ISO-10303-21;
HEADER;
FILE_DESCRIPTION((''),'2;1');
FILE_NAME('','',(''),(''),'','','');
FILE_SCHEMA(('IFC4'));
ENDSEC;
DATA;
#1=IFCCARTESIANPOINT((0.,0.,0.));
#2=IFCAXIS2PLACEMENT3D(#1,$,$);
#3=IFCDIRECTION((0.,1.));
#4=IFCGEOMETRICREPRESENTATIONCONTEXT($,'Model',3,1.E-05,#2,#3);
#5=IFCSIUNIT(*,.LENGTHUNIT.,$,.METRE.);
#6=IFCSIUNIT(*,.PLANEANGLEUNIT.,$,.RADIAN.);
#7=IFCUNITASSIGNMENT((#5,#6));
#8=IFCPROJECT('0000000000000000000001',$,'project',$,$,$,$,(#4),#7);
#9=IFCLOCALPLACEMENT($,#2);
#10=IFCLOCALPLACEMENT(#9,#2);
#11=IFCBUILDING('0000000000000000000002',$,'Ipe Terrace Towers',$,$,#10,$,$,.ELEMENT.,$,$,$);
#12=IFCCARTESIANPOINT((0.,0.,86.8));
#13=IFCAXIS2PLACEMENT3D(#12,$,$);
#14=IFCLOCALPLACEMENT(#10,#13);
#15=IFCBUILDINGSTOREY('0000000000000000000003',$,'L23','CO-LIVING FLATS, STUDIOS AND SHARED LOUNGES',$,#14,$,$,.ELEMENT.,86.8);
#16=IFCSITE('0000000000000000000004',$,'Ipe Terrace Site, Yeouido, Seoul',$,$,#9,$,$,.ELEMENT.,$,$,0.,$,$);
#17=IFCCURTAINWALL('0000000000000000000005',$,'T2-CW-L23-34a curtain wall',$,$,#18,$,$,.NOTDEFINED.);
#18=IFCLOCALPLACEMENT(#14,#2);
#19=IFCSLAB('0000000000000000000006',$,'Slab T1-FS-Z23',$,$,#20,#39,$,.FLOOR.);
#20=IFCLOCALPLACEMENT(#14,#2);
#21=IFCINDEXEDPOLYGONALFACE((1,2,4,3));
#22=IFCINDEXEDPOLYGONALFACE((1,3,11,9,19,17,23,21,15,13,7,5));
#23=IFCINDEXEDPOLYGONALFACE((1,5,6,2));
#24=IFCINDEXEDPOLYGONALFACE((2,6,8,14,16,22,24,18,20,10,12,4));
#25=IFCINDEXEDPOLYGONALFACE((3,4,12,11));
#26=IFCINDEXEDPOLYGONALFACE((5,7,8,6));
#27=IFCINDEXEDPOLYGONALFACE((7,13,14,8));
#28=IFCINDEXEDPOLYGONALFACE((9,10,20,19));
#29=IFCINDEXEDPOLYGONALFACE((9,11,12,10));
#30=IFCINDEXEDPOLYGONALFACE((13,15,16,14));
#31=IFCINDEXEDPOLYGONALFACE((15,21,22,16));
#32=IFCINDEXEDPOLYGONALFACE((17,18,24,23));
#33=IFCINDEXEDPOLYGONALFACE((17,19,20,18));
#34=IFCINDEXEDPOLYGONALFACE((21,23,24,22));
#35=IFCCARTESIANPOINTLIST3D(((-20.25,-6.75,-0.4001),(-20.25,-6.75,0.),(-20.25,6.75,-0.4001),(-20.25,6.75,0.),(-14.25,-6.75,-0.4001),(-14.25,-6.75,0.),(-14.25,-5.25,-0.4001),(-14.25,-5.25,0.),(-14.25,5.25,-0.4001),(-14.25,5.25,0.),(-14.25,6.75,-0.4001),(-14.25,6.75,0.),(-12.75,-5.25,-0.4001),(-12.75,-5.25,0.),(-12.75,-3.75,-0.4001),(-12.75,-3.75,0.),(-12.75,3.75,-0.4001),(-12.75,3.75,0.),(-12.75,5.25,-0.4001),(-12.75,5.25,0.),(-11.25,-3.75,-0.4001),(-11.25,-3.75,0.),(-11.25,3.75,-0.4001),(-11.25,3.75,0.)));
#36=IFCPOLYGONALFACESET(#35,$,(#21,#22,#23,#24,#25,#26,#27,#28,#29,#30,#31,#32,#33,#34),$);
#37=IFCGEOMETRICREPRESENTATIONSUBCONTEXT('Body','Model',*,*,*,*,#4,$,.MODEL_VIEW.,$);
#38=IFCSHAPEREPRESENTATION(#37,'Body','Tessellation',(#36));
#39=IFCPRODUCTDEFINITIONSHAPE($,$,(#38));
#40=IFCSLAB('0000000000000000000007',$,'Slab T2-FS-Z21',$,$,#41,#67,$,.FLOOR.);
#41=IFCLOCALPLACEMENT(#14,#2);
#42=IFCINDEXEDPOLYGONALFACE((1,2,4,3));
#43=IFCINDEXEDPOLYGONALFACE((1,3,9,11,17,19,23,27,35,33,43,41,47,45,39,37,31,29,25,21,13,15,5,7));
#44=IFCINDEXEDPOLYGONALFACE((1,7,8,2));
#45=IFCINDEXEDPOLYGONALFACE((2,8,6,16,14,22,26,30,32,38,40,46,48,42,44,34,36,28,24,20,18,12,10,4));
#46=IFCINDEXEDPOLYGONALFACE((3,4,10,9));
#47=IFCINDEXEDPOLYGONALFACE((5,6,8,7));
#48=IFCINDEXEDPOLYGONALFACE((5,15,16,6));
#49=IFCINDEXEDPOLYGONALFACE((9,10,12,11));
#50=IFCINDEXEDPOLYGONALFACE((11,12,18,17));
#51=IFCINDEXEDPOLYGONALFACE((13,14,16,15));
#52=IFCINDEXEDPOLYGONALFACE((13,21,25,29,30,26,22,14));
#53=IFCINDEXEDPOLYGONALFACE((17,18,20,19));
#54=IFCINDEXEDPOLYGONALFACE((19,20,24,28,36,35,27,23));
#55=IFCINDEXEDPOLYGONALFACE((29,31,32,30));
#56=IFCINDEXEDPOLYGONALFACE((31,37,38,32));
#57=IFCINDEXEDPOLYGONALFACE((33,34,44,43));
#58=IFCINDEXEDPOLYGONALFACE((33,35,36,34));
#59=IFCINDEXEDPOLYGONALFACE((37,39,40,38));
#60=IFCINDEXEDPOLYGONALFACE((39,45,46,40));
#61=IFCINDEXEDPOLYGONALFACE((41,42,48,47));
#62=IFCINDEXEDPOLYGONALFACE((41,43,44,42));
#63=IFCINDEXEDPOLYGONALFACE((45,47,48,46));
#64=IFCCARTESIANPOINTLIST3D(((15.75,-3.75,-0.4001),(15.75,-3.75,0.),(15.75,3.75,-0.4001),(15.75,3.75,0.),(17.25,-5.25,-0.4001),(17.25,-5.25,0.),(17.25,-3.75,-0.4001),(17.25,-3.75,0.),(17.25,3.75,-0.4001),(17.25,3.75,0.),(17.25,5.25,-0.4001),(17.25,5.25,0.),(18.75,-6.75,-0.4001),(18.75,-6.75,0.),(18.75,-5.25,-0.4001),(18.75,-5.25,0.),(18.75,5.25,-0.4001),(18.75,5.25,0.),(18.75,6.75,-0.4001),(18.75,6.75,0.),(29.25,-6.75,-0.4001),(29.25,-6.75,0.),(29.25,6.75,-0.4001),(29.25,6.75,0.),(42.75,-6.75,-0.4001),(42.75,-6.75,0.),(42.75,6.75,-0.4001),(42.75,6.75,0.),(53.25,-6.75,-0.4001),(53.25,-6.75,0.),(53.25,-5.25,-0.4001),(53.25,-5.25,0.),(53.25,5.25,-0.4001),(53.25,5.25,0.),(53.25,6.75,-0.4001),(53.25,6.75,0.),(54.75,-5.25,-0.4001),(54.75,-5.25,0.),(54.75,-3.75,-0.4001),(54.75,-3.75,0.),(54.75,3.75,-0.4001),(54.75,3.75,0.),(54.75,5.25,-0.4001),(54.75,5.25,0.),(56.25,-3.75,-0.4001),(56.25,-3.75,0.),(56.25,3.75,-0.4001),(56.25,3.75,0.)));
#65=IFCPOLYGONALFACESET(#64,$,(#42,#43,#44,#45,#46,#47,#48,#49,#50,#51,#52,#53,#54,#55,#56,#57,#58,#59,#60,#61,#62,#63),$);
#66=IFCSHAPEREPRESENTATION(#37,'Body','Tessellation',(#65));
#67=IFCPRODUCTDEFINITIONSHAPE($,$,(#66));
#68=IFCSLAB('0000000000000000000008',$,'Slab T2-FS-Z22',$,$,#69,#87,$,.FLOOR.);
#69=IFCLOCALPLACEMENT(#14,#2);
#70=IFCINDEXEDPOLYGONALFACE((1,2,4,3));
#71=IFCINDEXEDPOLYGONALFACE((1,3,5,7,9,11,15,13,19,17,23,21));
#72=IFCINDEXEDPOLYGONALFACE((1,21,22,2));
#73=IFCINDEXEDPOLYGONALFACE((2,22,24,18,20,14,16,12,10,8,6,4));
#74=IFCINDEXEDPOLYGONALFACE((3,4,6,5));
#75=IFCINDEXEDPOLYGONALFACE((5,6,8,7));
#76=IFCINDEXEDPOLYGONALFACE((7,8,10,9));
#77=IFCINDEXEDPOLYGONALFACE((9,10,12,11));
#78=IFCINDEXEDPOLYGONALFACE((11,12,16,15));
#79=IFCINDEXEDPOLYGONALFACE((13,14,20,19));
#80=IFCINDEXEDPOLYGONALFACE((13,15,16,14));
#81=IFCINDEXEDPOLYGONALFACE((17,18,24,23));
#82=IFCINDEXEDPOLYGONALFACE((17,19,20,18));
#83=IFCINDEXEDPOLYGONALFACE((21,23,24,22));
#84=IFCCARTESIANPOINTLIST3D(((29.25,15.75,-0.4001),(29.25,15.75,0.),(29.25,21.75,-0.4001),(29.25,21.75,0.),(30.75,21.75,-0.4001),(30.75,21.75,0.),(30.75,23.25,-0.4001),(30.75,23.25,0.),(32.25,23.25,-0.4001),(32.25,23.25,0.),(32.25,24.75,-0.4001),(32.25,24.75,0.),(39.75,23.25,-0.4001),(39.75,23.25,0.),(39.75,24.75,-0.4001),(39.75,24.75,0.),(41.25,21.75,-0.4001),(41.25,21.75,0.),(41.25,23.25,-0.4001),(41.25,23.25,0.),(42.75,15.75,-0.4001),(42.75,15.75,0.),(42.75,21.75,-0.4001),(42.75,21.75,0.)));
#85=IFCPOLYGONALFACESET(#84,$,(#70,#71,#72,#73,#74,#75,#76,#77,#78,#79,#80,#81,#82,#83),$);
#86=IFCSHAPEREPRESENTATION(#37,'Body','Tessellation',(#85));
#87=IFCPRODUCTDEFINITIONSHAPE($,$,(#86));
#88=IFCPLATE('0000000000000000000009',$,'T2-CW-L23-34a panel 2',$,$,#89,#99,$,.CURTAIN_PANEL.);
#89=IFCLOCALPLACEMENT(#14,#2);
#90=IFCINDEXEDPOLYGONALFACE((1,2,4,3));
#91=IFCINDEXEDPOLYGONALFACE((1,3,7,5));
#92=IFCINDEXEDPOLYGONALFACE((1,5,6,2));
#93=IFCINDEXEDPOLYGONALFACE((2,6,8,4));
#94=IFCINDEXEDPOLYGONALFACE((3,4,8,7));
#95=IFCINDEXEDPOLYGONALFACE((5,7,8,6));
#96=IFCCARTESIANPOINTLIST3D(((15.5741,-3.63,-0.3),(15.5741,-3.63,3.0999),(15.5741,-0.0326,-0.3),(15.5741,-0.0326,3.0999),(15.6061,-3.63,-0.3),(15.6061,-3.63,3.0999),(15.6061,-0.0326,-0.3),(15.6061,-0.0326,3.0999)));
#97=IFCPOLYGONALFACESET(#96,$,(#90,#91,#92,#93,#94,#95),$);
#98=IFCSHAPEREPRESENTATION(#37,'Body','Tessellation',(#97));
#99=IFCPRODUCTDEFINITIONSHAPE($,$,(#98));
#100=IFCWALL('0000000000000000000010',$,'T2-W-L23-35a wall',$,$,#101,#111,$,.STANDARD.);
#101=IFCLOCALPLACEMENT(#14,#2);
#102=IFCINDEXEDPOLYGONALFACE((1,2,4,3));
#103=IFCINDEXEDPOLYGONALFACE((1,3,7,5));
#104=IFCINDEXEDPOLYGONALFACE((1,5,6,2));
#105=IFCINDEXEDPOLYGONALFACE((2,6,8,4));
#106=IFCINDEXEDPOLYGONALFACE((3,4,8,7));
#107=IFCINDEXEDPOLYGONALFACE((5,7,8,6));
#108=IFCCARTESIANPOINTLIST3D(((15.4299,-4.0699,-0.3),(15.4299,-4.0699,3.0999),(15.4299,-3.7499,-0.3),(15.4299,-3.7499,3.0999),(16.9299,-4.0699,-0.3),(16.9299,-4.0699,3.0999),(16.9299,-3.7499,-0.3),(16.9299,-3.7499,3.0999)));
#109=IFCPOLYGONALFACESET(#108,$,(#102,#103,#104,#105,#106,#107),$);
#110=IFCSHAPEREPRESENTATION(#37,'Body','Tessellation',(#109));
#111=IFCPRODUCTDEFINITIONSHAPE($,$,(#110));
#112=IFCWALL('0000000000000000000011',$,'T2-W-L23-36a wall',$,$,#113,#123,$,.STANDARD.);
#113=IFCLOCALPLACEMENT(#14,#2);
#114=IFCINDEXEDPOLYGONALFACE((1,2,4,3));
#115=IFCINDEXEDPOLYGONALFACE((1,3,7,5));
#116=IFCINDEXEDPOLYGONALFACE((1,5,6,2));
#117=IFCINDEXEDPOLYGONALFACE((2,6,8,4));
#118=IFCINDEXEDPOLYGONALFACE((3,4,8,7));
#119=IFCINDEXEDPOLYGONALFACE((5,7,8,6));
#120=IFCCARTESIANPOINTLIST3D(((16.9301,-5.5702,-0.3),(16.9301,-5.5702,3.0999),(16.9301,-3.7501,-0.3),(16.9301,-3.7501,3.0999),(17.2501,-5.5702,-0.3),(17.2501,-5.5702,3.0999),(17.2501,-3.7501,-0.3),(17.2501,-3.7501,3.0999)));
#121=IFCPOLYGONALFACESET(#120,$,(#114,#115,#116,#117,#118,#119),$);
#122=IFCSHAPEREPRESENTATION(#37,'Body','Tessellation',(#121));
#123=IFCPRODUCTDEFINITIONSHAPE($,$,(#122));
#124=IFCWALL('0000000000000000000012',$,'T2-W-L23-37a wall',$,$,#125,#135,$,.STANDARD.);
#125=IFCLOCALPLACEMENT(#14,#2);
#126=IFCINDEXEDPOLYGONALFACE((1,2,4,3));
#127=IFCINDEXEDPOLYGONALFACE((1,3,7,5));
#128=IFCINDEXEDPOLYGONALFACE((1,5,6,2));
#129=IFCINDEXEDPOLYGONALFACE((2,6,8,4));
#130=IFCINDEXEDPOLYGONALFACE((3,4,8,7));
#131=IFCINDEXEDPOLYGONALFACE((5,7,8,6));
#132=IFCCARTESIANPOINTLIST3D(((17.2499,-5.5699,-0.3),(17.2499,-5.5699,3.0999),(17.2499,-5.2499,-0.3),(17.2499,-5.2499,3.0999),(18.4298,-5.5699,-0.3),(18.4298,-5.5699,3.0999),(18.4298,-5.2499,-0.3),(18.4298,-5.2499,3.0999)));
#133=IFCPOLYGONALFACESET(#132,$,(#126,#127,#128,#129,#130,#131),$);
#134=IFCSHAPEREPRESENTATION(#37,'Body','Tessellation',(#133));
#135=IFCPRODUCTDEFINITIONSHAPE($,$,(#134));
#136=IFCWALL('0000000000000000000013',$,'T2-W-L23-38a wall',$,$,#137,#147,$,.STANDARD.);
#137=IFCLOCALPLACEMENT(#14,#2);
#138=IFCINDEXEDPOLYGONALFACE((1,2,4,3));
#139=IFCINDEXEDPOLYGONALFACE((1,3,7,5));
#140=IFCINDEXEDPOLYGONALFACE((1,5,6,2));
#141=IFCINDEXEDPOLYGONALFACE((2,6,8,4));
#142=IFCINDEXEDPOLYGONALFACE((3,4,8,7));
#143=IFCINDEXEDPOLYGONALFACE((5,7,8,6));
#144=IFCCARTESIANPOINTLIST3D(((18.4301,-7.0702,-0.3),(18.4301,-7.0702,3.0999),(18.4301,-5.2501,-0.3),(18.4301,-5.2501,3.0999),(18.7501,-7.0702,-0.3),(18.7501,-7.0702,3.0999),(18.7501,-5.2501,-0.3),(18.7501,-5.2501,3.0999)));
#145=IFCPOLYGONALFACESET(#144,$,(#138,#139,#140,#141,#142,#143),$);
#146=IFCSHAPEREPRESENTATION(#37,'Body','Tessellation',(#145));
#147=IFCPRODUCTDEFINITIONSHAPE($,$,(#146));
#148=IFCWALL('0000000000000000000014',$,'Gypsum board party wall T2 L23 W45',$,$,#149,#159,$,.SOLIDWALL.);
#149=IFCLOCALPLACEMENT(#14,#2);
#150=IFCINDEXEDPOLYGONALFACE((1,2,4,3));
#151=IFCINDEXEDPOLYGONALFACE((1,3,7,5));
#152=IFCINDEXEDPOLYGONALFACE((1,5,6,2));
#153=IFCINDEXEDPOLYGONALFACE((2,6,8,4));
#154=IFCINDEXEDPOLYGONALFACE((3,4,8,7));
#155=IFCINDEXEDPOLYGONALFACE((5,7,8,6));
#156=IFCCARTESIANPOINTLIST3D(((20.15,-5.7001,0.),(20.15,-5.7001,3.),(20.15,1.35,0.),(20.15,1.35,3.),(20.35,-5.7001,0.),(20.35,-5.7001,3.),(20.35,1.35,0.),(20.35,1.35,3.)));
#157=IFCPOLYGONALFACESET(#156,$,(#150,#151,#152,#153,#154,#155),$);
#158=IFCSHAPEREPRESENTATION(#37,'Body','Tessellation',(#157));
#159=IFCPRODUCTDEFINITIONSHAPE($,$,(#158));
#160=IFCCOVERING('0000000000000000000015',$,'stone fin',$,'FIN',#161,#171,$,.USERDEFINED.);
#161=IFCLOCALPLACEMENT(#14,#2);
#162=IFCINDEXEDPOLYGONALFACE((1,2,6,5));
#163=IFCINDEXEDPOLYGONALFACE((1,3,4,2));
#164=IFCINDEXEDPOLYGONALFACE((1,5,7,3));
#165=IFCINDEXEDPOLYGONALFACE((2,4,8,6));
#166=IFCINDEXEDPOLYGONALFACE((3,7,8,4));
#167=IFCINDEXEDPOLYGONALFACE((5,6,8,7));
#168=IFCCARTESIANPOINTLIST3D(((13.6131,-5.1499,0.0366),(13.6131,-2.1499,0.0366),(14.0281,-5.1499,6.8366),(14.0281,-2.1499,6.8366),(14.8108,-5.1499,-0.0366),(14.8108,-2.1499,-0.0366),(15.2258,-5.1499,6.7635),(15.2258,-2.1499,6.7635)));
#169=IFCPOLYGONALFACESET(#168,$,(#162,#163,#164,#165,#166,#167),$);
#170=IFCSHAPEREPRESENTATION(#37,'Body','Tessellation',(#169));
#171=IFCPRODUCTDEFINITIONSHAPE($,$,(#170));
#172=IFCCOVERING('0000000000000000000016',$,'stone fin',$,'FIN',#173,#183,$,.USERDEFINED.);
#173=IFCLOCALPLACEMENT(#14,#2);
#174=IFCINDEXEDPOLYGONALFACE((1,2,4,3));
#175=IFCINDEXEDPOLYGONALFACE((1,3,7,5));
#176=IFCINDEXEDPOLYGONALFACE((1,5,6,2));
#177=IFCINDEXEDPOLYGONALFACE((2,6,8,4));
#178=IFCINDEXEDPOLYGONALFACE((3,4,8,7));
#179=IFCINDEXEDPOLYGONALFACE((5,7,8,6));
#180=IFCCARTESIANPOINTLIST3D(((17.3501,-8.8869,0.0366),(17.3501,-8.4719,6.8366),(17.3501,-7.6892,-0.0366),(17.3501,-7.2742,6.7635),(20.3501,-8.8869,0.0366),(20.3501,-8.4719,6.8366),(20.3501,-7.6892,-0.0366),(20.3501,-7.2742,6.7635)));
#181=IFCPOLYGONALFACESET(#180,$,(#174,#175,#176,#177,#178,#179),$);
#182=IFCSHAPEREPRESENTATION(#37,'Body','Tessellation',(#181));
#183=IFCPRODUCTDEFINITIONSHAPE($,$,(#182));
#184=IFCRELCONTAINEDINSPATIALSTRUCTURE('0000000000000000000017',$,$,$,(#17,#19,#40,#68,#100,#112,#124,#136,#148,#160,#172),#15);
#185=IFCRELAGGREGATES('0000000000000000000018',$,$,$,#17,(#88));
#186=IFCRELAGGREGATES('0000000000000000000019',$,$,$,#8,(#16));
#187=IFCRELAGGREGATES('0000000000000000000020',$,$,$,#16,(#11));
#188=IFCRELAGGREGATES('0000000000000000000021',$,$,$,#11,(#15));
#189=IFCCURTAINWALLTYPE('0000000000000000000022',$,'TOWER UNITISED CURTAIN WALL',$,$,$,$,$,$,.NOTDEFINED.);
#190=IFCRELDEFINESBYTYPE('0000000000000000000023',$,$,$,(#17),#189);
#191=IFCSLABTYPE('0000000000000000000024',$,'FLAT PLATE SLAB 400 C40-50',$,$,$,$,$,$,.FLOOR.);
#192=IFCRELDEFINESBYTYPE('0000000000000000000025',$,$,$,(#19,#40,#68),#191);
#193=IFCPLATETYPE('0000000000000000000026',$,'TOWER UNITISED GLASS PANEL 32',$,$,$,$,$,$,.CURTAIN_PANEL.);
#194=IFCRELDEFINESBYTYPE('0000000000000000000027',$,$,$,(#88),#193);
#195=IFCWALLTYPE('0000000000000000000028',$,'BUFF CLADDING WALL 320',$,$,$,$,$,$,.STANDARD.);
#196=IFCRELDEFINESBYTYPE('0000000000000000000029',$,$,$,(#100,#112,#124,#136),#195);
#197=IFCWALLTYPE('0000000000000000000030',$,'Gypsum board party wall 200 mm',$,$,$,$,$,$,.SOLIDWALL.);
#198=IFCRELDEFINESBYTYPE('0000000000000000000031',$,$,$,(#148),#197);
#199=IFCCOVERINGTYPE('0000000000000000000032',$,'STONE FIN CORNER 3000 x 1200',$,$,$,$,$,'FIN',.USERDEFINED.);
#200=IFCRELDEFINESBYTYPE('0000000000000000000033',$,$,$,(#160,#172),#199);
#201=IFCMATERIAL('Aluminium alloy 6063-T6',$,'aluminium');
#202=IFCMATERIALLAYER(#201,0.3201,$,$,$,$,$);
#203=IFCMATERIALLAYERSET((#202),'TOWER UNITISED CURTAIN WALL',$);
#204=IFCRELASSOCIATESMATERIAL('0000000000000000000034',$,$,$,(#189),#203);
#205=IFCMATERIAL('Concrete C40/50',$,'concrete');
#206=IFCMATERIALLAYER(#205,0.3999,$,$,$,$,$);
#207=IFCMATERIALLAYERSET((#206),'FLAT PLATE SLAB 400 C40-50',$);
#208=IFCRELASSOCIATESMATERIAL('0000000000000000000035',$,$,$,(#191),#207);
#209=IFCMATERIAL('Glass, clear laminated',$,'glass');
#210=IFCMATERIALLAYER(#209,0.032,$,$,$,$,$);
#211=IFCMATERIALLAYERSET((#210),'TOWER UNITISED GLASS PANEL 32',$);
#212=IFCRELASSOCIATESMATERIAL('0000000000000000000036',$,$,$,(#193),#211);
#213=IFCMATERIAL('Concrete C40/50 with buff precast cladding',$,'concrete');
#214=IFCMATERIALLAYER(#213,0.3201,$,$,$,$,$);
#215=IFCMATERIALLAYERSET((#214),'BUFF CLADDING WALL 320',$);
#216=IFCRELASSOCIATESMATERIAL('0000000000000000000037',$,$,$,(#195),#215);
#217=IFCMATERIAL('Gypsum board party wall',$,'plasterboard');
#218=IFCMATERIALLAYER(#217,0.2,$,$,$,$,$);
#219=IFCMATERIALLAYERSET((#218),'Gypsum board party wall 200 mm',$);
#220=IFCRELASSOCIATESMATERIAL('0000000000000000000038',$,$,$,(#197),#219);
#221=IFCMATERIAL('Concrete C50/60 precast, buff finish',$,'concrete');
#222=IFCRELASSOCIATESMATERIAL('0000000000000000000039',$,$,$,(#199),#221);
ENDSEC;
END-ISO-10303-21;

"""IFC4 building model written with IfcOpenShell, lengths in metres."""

from ifc_helpers import new_model, si_unit, direction, frame, frame_2d, origin, origin_2d, place, context, subcontext, project, spatial, polyline, rectangle, outline, extrude, material, layer, layer_set, material_profile, profile_set, type_object, element, aggregate, save


model = new_model("IFC4")

# Units and contexts
model_context = context("Model", 3, precision=1e-05, world=origin(), true_north=direction((0.0, 1.0)))
body_context = subcontext(model_context, "Body", "Model", "MODEL_VIEW")
ifc_project = project(units=[si_unit("LENGTHUNIT", "METRE"), si_unit("PLANEANGLEUNIT", "RADIAN")], contexts=[model_context])

# Site, building, storey
site_placement = place(None, origin())
site = spatial("IfcSite", under=ifc_project, at=site_placement, Name="Ipe Terrace Site, Yeouido, Seoul", CompositionType="ELEMENT", RefElevation=0.0)
building_placement = place(site_placement, origin())
building = spatial("IfcBuilding", under=site, at=building_placement, Name="Ipe Terrace Towers", CompositionType="ELEMENT")
storey_placement = place(building_placement, frame((0.0, 0.0, 86.8)))
storey = spatial("IfcBuildingStorey", under=building, at=storey_placement, Name="L23", Description="CO-LIVING FLATS, STUDIOS AND SHARED LOUNGES", CompositionType="ELEMENT", Elevation=86.8)

# Curtain wall
ifc_material_1 = material(Name="Aluminium alloy 6063-T6", Category="aluminium")
ifc_layer_1 = layer(ifc_material_1, 0.3201)
ifc_layer_set_1 = layer_set([ifc_layer_1], Name="TOWER UNITISED CURTAIN WALL")
curtain_wall_type = type_object("IfcCurtainWallType", Name="TOWER UNITISED CURTAIN WALL", PredefinedType="NOTDEFINED", material=ifc_layer_set_1)
curtain_wall_1_placement = place(storey_placement, origin())
curtain_wall_1 = element("IfcCurtainWall", 1, at=curtain_wall_1_placement, inside=storey, type_object=curtain_wall_type, Name="T2-CW-L23-34a curtain wall", PredefinedType="NOTDEFINED")

# Slabs
ifc_material_2 = material(Name="Concrete C40/50", Category="concrete")
ifc_layer_2 = layer(ifc_material_2, 0.3999)
ifc_layer_set_2 = layer_set([ifc_layer_2], Name="FLAT PLATE SLAB 400 C40-50")
slab_type_1 = type_object("IfcSlabType", Name="FLAT PLATE SLAB 400 C40-50", PredefinedType="FLOOR", material=ifc_layer_set_2)
slab_1_placement = place(storey_placement, frame((0.0, 0.0, -0.4001)))
element("IfcSlab", 2, at=slab_1_placement, inside=storey, type_object=slab_type_1, Name="Slab T1-FS-Z23", PredefinedType="FLOOR", context=body_context, shape_type="SweptSolid", body=[
    extrude(outline(polyline([(-14.25, 5.25), (-12.75, 5.25), (-12.75, 3.75), (-11.25, 3.75), (-11.25, -3.75), (-12.75, -3.75), (-12.75, -5.25), (-14.25, -5.25), (-14.25, -6.75), (-20.25, -6.75), (-20.25, 6.75), (-14.25, 6.75), (-14.25, 5.25)])), origin(), (0.0, 0.0, 1.0), 0.4001),
])
slab_2_placement = place(storey_placement, frame((0.0, 0.0, -0.4001)))
element("IfcSlab", 3, at=slab_2_placement, inside=storey, type_object=slab_type_1, Name="Slab T2-FS-Z21", PredefinedType="FLOOR", context=body_context, shape_type="SweptSolid", body=[
    extrude(outline(polyline([(53.25, 5.25), (54.75, 5.25), (54.75, 3.75), (56.25, 3.75), (56.25, -3.75), (54.75, -3.75), (54.75, -5.25), (53.25, -5.25), (53.25, -6.75), (42.75, -6.75), (29.25, -6.75), (18.75, -6.75), (18.75, -5.25), (17.25, -5.25), (17.25, -3.75), (15.75, -3.75), (15.75, 3.75), (17.25, 3.75), (17.25, 5.25), (18.75, 5.25), (18.75, 6.75), (29.25, 6.75), (42.75, 6.75), (53.25, 6.75), (53.25, 5.25)])), origin(), (0.0, 0.0, 1.0), 0.4001),
])
slab_3_placement = place(storey_placement, frame((0.0, 0.0, -0.4001)))
element("IfcSlab", 4, at=slab_3_placement, inside=storey, type_object=slab_type_1, Name="Slab T2-FS-Z22", PredefinedType="FLOOR", context=body_context, shape_type="SweptSolid", body=[
    extrude(outline(polyline([(30.75, 21.75), (30.75, 23.25), (32.25, 23.25), (32.25, 24.75), (39.75, 24.75), (39.75, 23.25), (41.25, 23.25), (41.25, 21.75), (42.75, 21.75), (42.75, 15.75), (29.25, 15.75), (29.25, 21.75), (30.75, 21.75)])), origin(), (0.0, 0.0, 1.0), 0.4001),
])

# Plate
ifc_material_3 = material(Name="Glass, clear laminated", Category="glass")
ifc_layer_3 = layer(ifc_material_3, 0.032)
ifc_layer_set_3 = layer_set([ifc_layer_3], Name="TOWER UNITISED GLASS PANEL 32")
plate_type = type_object("IfcPlateType", Name="TOWER UNITISED GLASS PANEL 32", PredefinedType="CURTAIN_PANEL", material=ifc_layer_set_3)
plate_placement = place(storey_placement, frame((15.5901, -1.8313, -0.3), z_axis=(0.0, 0.0, 1.0), x_axis=(0.0, -1.0, 0.0)))
plate = element("IfcPlate", 5, at=plate_placement, type_object=plate_type, Name="T2-CW-L23-34a panel 2", PredefinedType="CURTAIN_PANEL", context=body_context, shape_type="SweptSolid", body=[
    extrude(rectangle(XDim=3.5974, YDim=0.032, at=origin_2d()), origin(), (0.0, 0.0, 1.0), 3.3999),
])
aggregate(curtain_wall_1, [plate])

# Walls
ifc_material_4 = material(Name="Concrete C40/50 with buff precast cladding", Category="concrete")
ifc_layer_4 = layer(ifc_material_4, 0.3201)
ifc_layer_set_4 = layer_set([ifc_layer_4], Name="BUFF CLADDING WALL 320")
wall_type_1 = type_object("IfcWallType", Name="BUFF CLADDING WALL 320", PredefinedType="STANDARD", material=ifc_layer_set_4)
wall_1_placement = place(storey_placement, frame((15.4299, -3.9099, -0.3), z_axis=(0.0, 0.0, 1.0), x_axis=(1.0, 0.0, 0.0)))
element("IfcWall", 6, at=wall_1_placement, inside=storey, type_object=wall_type_1, Name="T2-W-L23-35a wall", PredefinedType="STANDARD", context=body_context, shape_type="SweptSolid", body=[
    extrude(rectangle(XDim=1.5, YDim=0.3201, at=frame_2d((0.75, 0.0))), origin(), (0.0, 0.0, 1.0), 3.3999),
])
wall_2_placement = place(storey_placement, frame((17.0901, -3.75, -0.3), z_axis=(0.0, 0.0, 1.0), x_axis=(0.0, -1.0, 0.0)))
element("IfcWall", 7, at=wall_2_placement, inside=storey, type_object=wall_type_1, Name="T2-W-L23-36a wall", PredefinedType="STANDARD", context=body_context, shape_type="SweptSolid", body=[
    extrude(rectangle(XDim=1.8201, YDim=0.3201, at=frame_2d((0.9102, 0.0))), origin(), (0.0, 0.0, 1.0), 3.3999),
])
wall_3_placement = place(storey_placement, frame((17.25, -5.4099, -0.3), z_axis=(0.0, 0.0, 1.0), x_axis=(1.0, 0.0, 0.0)))
element("IfcWall", 8, at=wall_3_placement, inside=storey, type_object=wall_type_1, Name="T2-W-L23-37a wall", PredefinedType="STANDARD", context=body_context, shape_type="SweptSolid", body=[
    extrude(rectangle(XDim=1.1799, YDim=0.3201, at=frame_2d((0.5898, 0.0))), origin(), (0.0, 0.0, 1.0), 3.3999),
])
wall_4_placement = place(storey_placement, frame((18.5901, -5.25, -0.3), z_axis=(0.0, 0.0, 1.0), x_axis=(0.0, -1.0, 0.0)))
element("IfcWall", 9, at=wall_4_placement, inside=storey, type_object=wall_type_1, Name="T2-W-L23-38a wall", PredefinedType="STANDARD", context=body_context, shape_type="SweptSolid", body=[
    extrude(rectangle(XDim=1.8201, YDim=0.3201, at=frame_2d((0.9102, 0.0))), origin(), (0.0, 0.0, 1.0), 3.3999),
])
ifc_material_5 = material(Name="Gypsum board party wall", Category="plasterboard")
ifc_layer_5 = layer(ifc_material_5, 0.2)
ifc_layer_set_5 = layer_set([ifc_layer_5], Name="Gypsum board party wall 200 mm")
wall_type_2 = type_object("IfcWallType", Name="Gypsum board party wall 200 mm", PredefinedType="SOLIDWALL", material=ifc_layer_set_5)
wall_5_placement = place(storey_placement, frame((20.25, -5.7, 0.0), z_axis=(0.0, 0.0, 1.0), x_axis=(0.0, 1.0, 0.0)))
element("IfcWall", 10, at=wall_5_placement, inside=storey, type_object=wall_type_2, Name="Gypsum board party wall T2 L23 W45", PredefinedType="SOLIDWALL", context=body_context, shape_type="SweptSolid", body=[
    extrude(rectangle(XDim=7.05, YDim=0.2, at=frame_2d((3.5249, 0.0))), origin(), (0.0, 0.0, 1.0), 3.0),
])

# Coverings
ifc_material_6 = material(Name="Concrete C50/60 precast, buff finish", Category="concrete")
ifc_material_profile_1 = material_profile(ifc_material_6, rectangle(XDim=3.0, YDim=1.2, at=origin_2d()), Name="STONE FIN CORNER 3000 x 1200")
ifc_profile_set_1 = profile_set([ifc_material_profile_1], Name="Concrete C50/60 precast, buff finish")
covering_type_1 = type_object("IfcCoveringType", Name="STONE FIN CORNER 3000 x 1200", ElementType="FIN", PredefinedType="USERDEFINED", material=ifc_profile_set_1)
for number, where, z_axis, x_axis, name in (
    (11, (14.2119, -3.6499, 0.0), (0.060921, 0.0, 0.998143), (0.0, -1.0, 0.0), "stone fin"),
    (12, (18.8501, -8.2881, 0.0), (0.0, 0.060921, 0.998143), (1.0, 0.0, 0.0), "stone fin"),
):
    element("IfcCovering", number, at=place(storey_placement, frame(where, z_axis=z_axis, x_axis=x_axis)), inside=storey, type_object=covering_type_1, Name=name, ObjectType="FIN", PredefinedType="USERDEFINED", context=body_context, shape_type="SweptSolid", body=[
        extrude(rectangle(XDim=3.0, YDim=1.2, at=origin_2d()), origin(), (0.0, 0.0, 1.0), 6.8127),
    ])

save(model, "model.ifc")
